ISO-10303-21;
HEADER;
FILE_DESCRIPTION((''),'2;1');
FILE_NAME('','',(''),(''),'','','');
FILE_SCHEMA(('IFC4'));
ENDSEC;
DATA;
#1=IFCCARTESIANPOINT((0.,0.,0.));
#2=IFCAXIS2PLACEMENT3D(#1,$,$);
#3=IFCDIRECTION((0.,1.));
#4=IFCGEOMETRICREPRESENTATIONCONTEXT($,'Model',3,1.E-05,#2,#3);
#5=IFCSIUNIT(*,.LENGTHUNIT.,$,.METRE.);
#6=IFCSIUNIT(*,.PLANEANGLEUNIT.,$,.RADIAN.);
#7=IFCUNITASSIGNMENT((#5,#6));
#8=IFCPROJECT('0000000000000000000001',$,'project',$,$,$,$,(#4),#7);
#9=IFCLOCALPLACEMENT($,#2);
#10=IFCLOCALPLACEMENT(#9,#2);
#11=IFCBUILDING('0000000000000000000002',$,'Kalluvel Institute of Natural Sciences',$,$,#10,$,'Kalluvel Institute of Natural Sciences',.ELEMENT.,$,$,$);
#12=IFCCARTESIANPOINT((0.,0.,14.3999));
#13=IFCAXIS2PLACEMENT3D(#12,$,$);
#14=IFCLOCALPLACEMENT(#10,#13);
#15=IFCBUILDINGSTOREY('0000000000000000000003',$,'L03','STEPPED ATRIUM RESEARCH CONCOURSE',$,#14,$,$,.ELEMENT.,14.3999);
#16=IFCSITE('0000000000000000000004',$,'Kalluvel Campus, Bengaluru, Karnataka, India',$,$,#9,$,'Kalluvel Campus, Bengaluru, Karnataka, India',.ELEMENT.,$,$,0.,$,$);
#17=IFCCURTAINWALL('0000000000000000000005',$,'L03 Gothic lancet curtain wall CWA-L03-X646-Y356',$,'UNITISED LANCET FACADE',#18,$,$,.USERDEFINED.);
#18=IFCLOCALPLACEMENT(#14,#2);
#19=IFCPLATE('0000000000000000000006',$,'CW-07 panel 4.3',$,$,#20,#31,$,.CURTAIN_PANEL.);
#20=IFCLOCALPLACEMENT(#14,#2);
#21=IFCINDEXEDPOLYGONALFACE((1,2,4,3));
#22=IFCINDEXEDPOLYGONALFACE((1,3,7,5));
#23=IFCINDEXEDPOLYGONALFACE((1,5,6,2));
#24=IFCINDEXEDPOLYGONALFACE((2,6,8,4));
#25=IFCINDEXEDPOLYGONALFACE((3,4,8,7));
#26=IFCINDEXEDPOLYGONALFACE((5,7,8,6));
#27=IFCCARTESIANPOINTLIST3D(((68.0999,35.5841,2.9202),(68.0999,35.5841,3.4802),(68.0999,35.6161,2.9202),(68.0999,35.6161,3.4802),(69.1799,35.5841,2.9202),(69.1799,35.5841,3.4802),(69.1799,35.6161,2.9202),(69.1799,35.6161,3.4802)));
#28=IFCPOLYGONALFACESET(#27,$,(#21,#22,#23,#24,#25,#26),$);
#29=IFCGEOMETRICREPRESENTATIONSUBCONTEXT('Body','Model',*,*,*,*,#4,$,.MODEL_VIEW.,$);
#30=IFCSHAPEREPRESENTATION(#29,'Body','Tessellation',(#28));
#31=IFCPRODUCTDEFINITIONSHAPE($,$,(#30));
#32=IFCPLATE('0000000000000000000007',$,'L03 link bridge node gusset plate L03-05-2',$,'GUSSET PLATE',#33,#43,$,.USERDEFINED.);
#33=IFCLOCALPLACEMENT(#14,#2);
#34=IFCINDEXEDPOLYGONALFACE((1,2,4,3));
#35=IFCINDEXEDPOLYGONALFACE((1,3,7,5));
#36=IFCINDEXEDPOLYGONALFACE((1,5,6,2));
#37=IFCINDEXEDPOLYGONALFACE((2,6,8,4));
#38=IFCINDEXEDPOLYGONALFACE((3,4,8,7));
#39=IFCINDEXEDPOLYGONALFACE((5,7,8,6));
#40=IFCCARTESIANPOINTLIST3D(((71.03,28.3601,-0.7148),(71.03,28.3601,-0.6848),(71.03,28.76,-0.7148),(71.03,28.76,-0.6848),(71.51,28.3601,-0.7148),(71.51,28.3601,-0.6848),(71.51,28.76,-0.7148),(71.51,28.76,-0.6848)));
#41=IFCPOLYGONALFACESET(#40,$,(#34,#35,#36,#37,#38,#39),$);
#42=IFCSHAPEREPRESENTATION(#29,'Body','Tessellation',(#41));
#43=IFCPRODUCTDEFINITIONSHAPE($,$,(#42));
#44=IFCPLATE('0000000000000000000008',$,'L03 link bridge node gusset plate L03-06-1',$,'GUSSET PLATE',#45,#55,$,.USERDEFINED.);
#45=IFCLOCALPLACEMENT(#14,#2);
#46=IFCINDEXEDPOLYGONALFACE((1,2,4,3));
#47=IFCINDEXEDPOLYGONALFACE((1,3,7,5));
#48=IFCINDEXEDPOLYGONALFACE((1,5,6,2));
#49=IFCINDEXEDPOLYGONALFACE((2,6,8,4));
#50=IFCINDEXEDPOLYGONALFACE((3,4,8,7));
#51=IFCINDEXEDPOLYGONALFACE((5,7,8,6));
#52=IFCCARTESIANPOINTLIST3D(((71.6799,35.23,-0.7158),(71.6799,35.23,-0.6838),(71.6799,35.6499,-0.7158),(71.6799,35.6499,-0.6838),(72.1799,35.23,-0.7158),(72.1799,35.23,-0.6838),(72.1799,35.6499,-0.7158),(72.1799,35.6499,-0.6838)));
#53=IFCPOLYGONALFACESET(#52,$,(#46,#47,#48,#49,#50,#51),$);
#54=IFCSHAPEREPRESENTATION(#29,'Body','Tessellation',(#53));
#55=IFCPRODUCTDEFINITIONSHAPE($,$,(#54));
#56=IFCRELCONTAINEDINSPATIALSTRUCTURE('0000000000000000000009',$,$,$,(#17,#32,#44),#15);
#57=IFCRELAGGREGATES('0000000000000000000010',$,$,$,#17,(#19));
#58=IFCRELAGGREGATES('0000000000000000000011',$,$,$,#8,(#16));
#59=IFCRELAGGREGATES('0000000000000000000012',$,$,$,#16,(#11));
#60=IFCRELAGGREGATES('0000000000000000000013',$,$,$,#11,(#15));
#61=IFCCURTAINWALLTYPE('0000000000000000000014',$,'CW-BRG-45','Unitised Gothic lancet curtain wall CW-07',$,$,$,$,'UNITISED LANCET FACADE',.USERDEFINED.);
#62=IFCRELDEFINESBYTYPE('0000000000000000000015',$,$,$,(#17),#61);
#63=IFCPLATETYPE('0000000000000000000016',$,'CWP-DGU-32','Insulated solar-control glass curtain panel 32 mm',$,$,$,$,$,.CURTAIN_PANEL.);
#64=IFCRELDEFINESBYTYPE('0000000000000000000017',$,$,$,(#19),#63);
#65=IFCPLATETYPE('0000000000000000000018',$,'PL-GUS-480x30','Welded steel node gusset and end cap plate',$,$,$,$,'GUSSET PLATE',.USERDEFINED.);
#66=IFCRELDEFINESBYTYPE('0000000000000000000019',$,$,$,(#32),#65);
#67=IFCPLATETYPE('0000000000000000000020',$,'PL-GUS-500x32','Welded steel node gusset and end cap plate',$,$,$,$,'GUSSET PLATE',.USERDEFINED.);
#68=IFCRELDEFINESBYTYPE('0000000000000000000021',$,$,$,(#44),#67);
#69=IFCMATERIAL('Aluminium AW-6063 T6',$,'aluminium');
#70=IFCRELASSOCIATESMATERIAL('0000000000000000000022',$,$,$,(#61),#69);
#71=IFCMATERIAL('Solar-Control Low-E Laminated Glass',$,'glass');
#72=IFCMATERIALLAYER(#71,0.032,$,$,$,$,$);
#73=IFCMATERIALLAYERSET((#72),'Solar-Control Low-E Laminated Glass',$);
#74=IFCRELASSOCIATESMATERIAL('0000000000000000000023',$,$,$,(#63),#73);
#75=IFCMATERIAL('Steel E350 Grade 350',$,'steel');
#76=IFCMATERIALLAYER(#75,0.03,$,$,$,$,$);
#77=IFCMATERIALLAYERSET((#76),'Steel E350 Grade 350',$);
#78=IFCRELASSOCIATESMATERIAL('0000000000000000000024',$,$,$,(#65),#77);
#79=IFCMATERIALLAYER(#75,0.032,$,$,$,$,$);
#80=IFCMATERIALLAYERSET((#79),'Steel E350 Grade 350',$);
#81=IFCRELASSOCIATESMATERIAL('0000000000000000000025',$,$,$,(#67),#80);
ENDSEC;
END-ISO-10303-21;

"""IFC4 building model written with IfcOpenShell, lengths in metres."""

from ifc_helpers import new_model, si_unit, direction, frame, origin, origin_2d, place, context, subcontext, project, spatial, rectangle, extrude, material, layer, layer_set, type_object, element, aggregate, save


model = new_model("IFC4")

# Units and contexts
model_context = context("Model", 3, precision=1e-05, world=origin(), true_north=direction((0.0, 1.0)))
body_context = subcontext(model_context, "Body", "Model", "MODEL_VIEW")
ifc_project = project(units=[si_unit("LENGTHUNIT", "METRE"), si_unit("PLANEANGLEUNIT", "RADIAN")], contexts=[model_context])

# Site, building, storey
site_placement = place(None, origin())
site = spatial("IfcSite", under=ifc_project, at=site_placement, Name="Kalluvel Campus, Bengaluru, Karnataka, India", LongName="Kalluvel Campus, Bengaluru, Karnataka, India", CompositionType="ELEMENT", RefElevation=0.0)
building_placement = place(site_placement, origin())
building = spatial("IfcBuilding", under=site, at=building_placement, Name="Kalluvel Institute of Natural Sciences", LongName="Kalluvel Institute of Natural Sciences", CompositionType="ELEMENT")
storey_placement = place(building_placement, frame((0.0, 0.0, 14.3999)))
storey = spatial("IfcBuildingStorey", under=building, at=storey_placement, Name="L03", Description="STEPPED ATRIUM RESEARCH CONCOURSE", CompositionType="ELEMENT", Elevation=14.3999)

# Curtain wall
ifc_material_1 = material(Name="Aluminium AW-6063 T6", Category="aluminium")
curtain_wall_type = type_object("IfcCurtainWallType", Name="CW-BRG-45", Description="Unitised Gothic lancet curtain wall CW-07", ElementType="UNITISED LANCET FACADE", PredefinedType="USERDEFINED", material=ifc_material_1)
curtain_wall_placement = place(storey_placement, origin())
curtain_wall = element("IfcCurtainWall", 1, at=curtain_wall_placement, inside=storey, type_object=curtain_wall_type, Name="L03 Gothic lancet curtain wall CWA-L03-X646-Y356", ObjectType="UNITISED LANCET FACADE", PredefinedType="USERDEFINED")

# Shared definitions
ifc_material_2 = material(Name="Steel E350 Grade 350", Category="steel")

# Plate
ifc_material_3 = material(Name="Solar-Control Low-E Laminated Glass", Category="glass")
ifc_layer_1 = layer(ifc_material_3, 0.032)
ifc_layer_set_1 = layer_set([ifc_layer_1], Name="Solar-Control Low-E Laminated Glass")
plate_type_1 = type_object("IfcPlateType", Name="CWP-DGU-32", Description="Insulated solar-control glass curtain panel 32 mm", PredefinedType="CURTAIN_PANEL", material=ifc_layer_set_1)
plate_1_placement = place(storey_placement, frame((68.6399, 35.6001, 2.9202), z_axis=(0.0, 0.0, 1.0), x_axis=(1.0, 0.0, 0.0)))
plate_1 = element("IfcPlate", 2, at=plate_1_placement, type_object=plate_type_1, Name="CW-07 panel 4.3", PredefinedType="CURTAIN_PANEL", context=body_context, shape_type="SweptSolid", body=[
    extrude(rectangle(XDim=1.0801, YDim=0.032, at=origin_2d()), origin(), (0.0, 0.0, 1.0), 0.5601),
])
aggregate(curtain_wall, [plate_1])

# Plates
ifc_layer_2 = layer(ifc_material_2, 0.03)
ifc_layer_set_2 = layer_set([ifc_layer_2], Name="Steel E350 Grade 350")
plate_type_2 = type_object("IfcPlateType", Name="PL-GUS-480x30", Description="Welded steel node gusset and end cap plate", ElementType="GUSSET PLATE", PredefinedType="USERDEFINED", material=ifc_layer_set_2)
plate_2_placement = place(storey_placement, frame((71.27, 28.5601, -0.7148), z_axis=(0.0, 0.0, 1.0), x_axis=(1.0, 0.0, 0.0)))
element("IfcPlate", 3, at=plate_2_placement, inside=storey, type_object=plate_type_2, Name="L03 link bridge node gusset plate L03-05-2", ObjectType="GUSSET PLATE", PredefinedType="USERDEFINED", context=body_context, shape_type="SweptSolid", body=[
    extrude(rectangle(XDim=0.48, YDim=0.3999, at=origin_2d()), origin(), (0.0, 0.0, 1.0), 0.03),
])
ifc_layer_3 = layer(ifc_material_2, 0.032)
ifc_layer_set_3 = layer_set([ifc_layer_3], Name="Steel E350 Grade 350")
plate_type_3 = type_object("IfcPlateType", Name="PL-GUS-500x32", Description="Welded steel node gusset and end cap plate", ElementType="GUSSET PLATE", PredefinedType="USERDEFINED", material=ifc_layer_set_3)
plate_3_placement = place(storey_placement, frame((71.9299, 35.4399, -0.7158), z_axis=(0.0, 0.0, 1.0), x_axis=(1.0, 0.0, 0.0)))
element("IfcPlate", 4, at=plate_3_placement, inside=storey, type_object=plate_type_3, Name="L03 link bridge node gusset plate L03-06-1", ObjectType="GUSSET PLATE", PredefinedType="USERDEFINED", context=body_context, shape_type="SweptSolid", body=[
    extrude(rectangle(XDim=0.5, YDim=0.4199, at=origin_2d()), origin(), (0.0, 0.0, 1.0), 0.032),
])

save(model, "model.ifc")
